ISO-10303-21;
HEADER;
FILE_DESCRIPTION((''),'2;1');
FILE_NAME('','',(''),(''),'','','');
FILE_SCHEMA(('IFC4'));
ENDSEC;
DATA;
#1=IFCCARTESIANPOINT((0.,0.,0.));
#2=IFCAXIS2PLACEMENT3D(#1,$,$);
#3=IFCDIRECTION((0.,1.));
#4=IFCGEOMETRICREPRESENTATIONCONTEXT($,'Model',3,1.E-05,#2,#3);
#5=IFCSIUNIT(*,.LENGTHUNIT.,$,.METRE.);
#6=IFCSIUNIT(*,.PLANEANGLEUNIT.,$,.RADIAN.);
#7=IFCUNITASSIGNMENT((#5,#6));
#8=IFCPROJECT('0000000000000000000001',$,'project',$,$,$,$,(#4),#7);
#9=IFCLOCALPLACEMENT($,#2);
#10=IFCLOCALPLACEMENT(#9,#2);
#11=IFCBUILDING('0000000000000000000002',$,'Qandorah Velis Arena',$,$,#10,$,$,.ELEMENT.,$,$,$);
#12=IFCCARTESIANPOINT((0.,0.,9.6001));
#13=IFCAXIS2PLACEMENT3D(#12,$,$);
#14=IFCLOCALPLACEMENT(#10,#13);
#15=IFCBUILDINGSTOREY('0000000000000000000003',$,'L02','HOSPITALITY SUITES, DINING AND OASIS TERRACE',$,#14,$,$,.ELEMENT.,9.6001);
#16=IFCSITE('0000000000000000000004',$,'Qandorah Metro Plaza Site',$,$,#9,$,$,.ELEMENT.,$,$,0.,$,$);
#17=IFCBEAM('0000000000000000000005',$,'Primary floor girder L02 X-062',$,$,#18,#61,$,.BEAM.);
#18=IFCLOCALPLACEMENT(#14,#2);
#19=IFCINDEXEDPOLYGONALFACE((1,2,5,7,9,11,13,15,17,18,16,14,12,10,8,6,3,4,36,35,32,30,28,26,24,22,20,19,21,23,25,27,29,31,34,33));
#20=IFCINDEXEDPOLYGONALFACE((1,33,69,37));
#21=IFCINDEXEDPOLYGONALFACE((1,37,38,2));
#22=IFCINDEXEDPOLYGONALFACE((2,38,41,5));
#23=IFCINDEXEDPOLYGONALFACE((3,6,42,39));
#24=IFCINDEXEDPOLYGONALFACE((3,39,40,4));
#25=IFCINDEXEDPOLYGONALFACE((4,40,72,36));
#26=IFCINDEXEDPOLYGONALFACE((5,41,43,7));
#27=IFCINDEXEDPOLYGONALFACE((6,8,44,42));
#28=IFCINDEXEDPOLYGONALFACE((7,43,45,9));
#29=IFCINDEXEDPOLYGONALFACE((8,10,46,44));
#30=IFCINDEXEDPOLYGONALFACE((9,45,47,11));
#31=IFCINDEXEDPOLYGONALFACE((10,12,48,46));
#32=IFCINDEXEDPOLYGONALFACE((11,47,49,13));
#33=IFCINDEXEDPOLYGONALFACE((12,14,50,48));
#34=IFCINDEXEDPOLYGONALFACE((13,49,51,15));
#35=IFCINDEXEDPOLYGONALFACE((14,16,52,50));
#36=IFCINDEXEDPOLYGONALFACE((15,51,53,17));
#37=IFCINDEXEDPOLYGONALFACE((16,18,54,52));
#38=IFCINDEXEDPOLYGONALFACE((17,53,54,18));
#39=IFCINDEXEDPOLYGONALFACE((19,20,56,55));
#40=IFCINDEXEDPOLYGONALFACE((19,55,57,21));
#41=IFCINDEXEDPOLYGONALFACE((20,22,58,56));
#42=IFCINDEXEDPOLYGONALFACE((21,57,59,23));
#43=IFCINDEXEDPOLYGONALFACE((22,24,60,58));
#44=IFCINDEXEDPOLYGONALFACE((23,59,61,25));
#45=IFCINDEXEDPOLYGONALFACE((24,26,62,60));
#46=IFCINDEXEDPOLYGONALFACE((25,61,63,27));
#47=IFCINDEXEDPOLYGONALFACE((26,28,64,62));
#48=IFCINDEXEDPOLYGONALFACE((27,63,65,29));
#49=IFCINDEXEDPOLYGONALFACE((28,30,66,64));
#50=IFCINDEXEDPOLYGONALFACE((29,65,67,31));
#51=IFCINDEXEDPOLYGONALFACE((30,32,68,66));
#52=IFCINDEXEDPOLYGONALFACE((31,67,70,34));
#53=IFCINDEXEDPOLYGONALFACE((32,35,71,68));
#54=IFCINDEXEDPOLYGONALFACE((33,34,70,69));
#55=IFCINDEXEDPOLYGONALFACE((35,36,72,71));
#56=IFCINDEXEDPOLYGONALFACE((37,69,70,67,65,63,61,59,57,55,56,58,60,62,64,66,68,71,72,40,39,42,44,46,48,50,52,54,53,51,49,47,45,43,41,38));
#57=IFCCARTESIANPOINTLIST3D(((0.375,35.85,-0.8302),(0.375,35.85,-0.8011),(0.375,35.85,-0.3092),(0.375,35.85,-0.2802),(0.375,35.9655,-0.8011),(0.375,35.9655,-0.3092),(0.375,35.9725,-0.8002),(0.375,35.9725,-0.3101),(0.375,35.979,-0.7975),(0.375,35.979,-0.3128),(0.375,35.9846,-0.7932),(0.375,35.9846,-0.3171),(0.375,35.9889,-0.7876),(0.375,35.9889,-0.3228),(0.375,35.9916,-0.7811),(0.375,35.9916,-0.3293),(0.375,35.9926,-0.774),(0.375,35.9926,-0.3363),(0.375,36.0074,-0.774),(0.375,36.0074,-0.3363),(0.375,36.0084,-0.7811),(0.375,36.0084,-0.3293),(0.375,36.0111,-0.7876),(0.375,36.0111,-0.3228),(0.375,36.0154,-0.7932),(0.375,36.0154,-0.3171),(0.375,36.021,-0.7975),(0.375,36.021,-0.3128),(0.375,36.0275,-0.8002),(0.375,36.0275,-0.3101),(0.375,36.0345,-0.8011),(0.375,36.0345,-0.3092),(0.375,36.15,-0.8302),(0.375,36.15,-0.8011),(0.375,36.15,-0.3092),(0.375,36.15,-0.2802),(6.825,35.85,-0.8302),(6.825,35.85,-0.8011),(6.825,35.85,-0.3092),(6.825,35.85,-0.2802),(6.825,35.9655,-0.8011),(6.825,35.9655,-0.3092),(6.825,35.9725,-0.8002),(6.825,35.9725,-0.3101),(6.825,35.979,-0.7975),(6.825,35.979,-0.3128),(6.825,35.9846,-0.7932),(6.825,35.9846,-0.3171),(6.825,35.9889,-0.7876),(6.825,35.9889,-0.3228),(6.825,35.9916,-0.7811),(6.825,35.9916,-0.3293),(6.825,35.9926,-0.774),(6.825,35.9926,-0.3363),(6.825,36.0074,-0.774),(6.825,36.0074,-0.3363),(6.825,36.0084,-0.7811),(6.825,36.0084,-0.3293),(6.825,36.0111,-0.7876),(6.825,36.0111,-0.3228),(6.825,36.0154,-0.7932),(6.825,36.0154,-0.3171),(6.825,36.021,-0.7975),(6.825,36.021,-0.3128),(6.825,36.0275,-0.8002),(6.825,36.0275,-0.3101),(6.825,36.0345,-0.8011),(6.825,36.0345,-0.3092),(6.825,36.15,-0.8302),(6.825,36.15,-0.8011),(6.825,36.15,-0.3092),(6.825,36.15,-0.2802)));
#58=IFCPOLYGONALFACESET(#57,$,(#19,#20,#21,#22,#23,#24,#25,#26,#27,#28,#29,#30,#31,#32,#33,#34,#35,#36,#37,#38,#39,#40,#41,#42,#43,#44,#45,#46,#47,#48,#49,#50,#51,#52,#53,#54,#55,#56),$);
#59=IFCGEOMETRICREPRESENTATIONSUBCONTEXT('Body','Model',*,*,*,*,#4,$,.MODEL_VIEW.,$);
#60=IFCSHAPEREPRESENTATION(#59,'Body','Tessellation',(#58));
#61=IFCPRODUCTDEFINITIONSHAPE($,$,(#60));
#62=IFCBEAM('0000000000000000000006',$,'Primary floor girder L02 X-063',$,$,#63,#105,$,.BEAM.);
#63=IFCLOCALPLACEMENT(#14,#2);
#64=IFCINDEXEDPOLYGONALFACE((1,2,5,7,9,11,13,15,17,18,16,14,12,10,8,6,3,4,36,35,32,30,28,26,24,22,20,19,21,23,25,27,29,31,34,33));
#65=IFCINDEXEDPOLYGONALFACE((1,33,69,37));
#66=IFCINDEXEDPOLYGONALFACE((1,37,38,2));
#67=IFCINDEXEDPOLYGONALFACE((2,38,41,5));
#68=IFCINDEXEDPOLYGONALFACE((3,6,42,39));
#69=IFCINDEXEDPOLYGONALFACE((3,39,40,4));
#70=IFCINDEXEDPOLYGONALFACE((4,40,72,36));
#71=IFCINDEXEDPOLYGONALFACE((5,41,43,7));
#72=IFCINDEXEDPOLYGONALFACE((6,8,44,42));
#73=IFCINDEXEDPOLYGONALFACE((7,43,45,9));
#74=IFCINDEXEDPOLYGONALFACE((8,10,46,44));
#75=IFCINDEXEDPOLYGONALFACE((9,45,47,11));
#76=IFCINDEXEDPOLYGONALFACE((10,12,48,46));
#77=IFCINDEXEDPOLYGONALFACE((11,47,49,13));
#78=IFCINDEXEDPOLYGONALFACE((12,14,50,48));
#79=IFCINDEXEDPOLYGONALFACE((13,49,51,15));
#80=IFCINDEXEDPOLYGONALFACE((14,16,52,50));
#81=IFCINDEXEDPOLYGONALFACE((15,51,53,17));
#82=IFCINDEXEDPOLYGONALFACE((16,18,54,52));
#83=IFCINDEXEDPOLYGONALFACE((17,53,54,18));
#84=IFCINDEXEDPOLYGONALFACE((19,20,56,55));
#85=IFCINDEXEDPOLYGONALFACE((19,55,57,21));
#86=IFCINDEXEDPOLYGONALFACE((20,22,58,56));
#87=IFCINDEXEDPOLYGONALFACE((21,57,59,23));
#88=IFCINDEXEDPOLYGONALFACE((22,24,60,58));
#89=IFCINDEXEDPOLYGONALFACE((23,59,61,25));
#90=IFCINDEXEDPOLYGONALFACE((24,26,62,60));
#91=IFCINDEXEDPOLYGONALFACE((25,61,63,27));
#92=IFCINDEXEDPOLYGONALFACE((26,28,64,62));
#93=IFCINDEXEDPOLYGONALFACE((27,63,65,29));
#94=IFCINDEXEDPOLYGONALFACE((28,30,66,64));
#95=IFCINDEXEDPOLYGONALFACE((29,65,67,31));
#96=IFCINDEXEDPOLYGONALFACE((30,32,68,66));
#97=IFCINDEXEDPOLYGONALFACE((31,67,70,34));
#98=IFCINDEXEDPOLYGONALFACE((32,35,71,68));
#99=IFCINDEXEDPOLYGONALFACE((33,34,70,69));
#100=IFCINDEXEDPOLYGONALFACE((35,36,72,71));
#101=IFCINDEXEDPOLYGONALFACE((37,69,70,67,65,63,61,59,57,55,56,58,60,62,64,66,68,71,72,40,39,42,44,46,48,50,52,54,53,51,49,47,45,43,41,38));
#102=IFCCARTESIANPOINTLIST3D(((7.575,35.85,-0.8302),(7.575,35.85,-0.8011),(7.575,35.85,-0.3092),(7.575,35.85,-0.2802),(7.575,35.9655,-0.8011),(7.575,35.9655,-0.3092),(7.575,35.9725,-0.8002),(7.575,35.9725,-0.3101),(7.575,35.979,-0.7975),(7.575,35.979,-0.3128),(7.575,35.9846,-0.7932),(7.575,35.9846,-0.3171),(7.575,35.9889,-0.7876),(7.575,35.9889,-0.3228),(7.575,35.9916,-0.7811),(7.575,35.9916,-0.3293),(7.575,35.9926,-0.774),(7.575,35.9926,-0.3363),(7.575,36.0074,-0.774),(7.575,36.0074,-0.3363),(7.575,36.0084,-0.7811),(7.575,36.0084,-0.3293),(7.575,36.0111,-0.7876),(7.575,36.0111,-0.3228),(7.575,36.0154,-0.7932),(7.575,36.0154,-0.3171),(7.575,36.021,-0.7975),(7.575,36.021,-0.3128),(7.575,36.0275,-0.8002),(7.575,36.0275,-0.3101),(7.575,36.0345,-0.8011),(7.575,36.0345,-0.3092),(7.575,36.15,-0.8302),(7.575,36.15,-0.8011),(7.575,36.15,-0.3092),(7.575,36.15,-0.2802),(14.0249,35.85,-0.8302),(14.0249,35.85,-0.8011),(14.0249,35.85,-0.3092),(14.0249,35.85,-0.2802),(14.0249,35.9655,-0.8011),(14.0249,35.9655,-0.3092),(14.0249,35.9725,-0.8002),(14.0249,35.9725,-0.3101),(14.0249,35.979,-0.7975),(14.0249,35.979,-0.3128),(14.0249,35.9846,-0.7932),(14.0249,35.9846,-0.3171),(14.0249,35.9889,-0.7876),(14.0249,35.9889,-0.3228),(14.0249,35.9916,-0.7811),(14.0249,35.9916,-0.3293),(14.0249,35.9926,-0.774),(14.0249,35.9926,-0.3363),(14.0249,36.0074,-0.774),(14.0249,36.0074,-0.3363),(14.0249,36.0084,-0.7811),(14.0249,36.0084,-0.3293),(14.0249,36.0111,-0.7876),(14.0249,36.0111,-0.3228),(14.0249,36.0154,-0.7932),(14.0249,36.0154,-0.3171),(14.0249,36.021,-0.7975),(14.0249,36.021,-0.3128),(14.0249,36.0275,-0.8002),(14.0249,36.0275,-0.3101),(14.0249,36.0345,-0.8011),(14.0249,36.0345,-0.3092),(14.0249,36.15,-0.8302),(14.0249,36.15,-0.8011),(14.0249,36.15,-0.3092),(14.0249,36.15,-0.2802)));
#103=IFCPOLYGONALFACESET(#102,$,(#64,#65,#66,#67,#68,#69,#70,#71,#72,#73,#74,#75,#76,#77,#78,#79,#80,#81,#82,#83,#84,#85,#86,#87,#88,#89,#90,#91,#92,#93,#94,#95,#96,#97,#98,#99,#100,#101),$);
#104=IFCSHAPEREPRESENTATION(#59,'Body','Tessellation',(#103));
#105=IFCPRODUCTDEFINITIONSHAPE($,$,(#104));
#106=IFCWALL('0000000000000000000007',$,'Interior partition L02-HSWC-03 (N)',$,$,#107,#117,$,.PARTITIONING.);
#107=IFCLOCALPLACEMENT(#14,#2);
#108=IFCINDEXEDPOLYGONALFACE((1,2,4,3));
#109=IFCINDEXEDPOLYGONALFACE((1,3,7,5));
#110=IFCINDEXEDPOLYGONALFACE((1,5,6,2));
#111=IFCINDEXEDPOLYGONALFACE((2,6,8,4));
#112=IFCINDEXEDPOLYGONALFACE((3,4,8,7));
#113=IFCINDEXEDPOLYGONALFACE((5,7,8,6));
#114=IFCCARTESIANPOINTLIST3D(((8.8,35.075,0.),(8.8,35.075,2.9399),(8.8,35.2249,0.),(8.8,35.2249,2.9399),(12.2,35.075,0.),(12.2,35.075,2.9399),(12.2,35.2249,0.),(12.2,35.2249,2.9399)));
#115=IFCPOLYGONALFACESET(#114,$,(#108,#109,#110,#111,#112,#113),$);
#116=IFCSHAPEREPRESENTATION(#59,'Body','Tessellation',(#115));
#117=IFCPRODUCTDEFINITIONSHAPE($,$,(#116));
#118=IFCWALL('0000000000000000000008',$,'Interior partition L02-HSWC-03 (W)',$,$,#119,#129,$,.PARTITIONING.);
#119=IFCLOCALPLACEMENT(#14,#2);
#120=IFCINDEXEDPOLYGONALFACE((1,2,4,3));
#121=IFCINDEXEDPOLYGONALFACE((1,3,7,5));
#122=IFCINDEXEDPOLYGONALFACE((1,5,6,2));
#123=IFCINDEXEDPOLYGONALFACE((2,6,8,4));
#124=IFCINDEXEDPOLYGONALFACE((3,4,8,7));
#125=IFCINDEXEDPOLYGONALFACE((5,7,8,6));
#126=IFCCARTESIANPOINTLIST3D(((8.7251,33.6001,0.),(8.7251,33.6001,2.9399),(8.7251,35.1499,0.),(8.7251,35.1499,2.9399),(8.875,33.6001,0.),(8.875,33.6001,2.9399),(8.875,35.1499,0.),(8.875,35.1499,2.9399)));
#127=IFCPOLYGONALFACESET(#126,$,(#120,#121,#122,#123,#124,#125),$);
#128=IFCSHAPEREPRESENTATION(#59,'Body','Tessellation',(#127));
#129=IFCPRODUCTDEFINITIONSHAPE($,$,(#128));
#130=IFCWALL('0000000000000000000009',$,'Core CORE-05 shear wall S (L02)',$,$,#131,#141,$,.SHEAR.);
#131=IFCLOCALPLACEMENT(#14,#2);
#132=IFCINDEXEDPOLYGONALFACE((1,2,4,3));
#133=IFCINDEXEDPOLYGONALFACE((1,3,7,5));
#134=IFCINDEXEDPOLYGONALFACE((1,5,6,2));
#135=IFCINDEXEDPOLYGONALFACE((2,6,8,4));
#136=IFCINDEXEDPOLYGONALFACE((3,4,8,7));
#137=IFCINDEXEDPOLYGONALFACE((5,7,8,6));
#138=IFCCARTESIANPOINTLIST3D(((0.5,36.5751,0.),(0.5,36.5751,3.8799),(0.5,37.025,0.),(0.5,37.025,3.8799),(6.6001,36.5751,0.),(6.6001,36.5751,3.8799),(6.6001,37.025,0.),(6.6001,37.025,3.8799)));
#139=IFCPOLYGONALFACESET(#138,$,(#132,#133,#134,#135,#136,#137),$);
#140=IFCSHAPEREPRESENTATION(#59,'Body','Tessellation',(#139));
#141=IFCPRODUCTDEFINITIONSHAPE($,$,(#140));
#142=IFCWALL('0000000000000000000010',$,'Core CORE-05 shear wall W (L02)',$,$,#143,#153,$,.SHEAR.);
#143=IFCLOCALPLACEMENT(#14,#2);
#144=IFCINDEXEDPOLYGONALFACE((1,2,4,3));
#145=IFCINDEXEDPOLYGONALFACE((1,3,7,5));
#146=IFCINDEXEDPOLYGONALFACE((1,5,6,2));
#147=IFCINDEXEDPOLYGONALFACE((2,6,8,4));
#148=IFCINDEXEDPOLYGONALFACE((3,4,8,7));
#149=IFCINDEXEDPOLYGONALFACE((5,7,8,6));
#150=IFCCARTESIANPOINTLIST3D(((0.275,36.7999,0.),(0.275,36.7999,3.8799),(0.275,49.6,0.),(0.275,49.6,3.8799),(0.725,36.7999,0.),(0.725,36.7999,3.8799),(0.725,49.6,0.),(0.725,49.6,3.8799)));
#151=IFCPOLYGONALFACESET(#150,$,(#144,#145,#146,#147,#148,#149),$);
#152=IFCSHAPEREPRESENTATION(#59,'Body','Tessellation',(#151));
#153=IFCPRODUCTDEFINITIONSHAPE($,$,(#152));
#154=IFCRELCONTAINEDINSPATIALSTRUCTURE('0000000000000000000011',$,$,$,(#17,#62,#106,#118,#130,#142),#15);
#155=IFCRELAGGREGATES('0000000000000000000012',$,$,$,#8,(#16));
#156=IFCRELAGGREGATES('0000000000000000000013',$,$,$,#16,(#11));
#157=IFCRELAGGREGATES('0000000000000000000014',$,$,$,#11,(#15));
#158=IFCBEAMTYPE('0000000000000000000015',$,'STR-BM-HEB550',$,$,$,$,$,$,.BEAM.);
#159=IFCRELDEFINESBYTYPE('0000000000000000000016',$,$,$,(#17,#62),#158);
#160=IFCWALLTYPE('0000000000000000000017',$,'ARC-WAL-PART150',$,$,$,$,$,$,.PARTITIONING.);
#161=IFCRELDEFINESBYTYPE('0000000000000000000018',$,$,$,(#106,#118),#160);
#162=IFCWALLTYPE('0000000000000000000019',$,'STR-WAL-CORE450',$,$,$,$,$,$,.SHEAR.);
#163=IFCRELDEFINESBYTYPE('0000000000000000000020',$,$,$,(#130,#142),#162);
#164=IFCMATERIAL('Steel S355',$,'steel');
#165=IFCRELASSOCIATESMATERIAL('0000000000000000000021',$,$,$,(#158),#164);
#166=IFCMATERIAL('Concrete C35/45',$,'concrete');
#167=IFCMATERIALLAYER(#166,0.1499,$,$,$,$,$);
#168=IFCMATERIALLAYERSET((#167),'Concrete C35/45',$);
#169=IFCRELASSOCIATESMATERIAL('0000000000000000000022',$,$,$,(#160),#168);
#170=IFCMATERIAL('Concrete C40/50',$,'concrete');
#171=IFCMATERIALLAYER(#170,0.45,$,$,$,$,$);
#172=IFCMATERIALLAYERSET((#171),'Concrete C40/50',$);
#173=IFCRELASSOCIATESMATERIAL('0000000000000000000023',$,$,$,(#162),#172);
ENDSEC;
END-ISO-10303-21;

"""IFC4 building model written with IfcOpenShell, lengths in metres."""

from ifc_helpers import new_model, si_unit, direction, frame, frame_2d, origin, origin_2d, place, context, subcontext, project, spatial, rectangle, i_section, extrude, material, layer, layer_set, material_profile, profile_set, type_object, element, save


model = new_model("IFC4")

# Units and contexts
model_context = context("Model", 3, precision=1e-05, world=origin(), true_north=direction((0.0, 1.0)))
body_context = subcontext(model_context, "Body", "Model", "MODEL_VIEW")
ifc_project = project(units=[si_unit("LENGTHUNIT", "METRE"), si_unit("PLANEANGLEUNIT", "RADIAN")], contexts=[model_context])

# Site, building, storey
site_placement = place(None, origin())
site = spatial("IfcSite", under=ifc_project, at=site_placement, Name="Qandorah Metro Plaza Site", CompositionType="ELEMENT", RefElevation=0.0)
building_placement = place(site_placement, origin())
building = spatial("IfcBuilding", under=site, at=building_placement, Name="Qandorah Velis Arena", CompositionType="ELEMENT")
storey_placement = place(building_placement, frame((0.0, 0.0, 9.6001)))
storey = spatial("IfcBuildingStorey", under=building, at=storey_placement, Name="L02", Description="HOSPITALITY SUITES, DINING AND OASIS TERRACE", CompositionType="ELEMENT", Elevation=9.6001)

# Shared definitions
ifc_material_1 = material(Name="Concrete C40/50", Category="concrete")

# Beams
ifc_material_2 = material(Name="Steel S355", Category="steel")
ifc_material_profile_1 = material_profile(ifc_material_2, i_section(OverallWidth=0.3, OverallDepth=0.55, WebThickness=0.0149, FlangeThickness=0.0291, FilletRadius=0.0271, at=origin_2d()), Name="HEB 550")
ifc_profile_set_1 = profile_set([ifc_material_profile_1], Name="Steel S355")
beam_type_1 = type_object("IfcBeamType", Name="STR-BM-HEB550", PredefinedType="BEAM", material=ifc_profile_set_1)
for number, where, z_axis, x_axis, name in (
    (1, (0.375, 36.0, -0.5552), (1.0, 0.0, 0.0), (0.0, 1.0, 0.0), "Primary floor girder L02 X-062"),
    (2, (7.575, 36.0, -0.5552), (1.0, 0.0, 0.0), (0.0, 1.0, 0.0), "Primary floor girder L02 X-063"),
):
    element("IfcBeam", number, at=place(storey_placement, frame(where, z_axis=z_axis, x_axis=x_axis)), inside=storey, type_object=beam_type_1, Name=name, PredefinedType="BEAM", context=body_context, shape_type="SweptSolid", body=[
        extrude(i_section(OverallWidth=0.3, OverallDepth=0.55, WebThickness=0.0149, FlangeThickness=0.0291, FilletRadius=0.0271, at=origin_2d()), origin(), (0.0, 0.0, 1.0), 6.45),
    ])

# Walls
ifc_material_3 = material(Name="Concrete C35/45", Category="concrete")
ifc_layer_1 = layer(ifc_material_3, 0.1499)
ifc_layer_set_1 = layer_set([ifc_layer_1], Name="Concrete C35/45")
wall_type_1 = type_object("IfcWallType", Name="ARC-WAL-PART150", PredefinedType="PARTITIONING", material=ifc_layer_set_1)
wall_1_placement = place(storey_placement, frame((12.2, 35.1499, 0.0), z_axis=(0.0, 0.0, 1.0), x_axis=(-1.0, 0.0, 0.0)))
element("IfcWall", 3, at=wall_1_placement, inside=storey, type_object=wall_type_1, Name="Interior partition L02-HSWC-03 (N)", PredefinedType="PARTITIONING", context=body_context, shape_type="SweptSolid", body=[
    extrude(rectangle(XDim=3.3999, YDim=0.1499, at=frame_2d((1.7, 0.0))), origin(), (0.0, 0.0, 1.0), 2.9399),
])
wall_2_placement = place(storey_placement, frame((8.8, 35.1499, 0.0), z_axis=(0.0, 0.0, 1.0), x_axis=(0.0, -1.0, 0.0)))
element("IfcWall", 4, at=wall_2_placement, inside=storey, type_object=wall_type_1, Name="Interior partition L02-HSWC-03 (W)", PredefinedType="PARTITIONING", context=body_context, shape_type="SweptSolid", body=[
    extrude(rectangle(XDim=1.5498, YDim=0.1499, at=frame_2d((0.7749, 0.0))), origin(), (0.0, 0.0, 1.0), 2.9399),
])
ifc_layer_2 = layer(ifc_material_1, 0.45)
ifc_layer_set_2 = layer_set([ifc_layer_2], Name="Concrete C40/50")
wall_type_2 = type_object("IfcWallType", Name="STR-WAL-CORE450", PredefinedType="SHEAR", material=ifc_layer_set_2)
wall_3_placement = place(storey_placement, frame((0.5, 36.8, 0.0), z_axis=(0.0, 0.0, 1.0), x_axis=(1.0, 0.0, 0.0)))
element("IfcWall", 5, at=wall_3_placement, inside=storey, type_object=wall_type_2, Name="Core CORE-05 shear wall S (L02)", PredefinedType="SHEAR", context=body_context, shape_type="SweptSolid", body=[
    extrude(rectangle(XDim=6.1001, YDim=0.45, at=frame_2d((3.05, 0.0))), origin(), (0.0, 0.0, 1.0), 3.8799),
])
wall_4_placement = place(storey_placement, frame((0.5, 36.8, 0.0), z_axis=(0.0, 0.0, 1.0), x_axis=(0.0, 1.0, 0.0)))
element("IfcWall", 6, at=wall_4_placement, inside=storey, type_object=wall_type_2, Name="Core CORE-05 shear wall W (L02)", PredefinedType="SHEAR", context=body_context, shape_type="SweptSolid", body=[
    extrude(rectangle(XDim=12.8, YDim=0.45, at=frame_2d((6.3999, 0.0))), origin(), (0.0, 0.0, 1.0), 3.8799),
])

save(model, "model.ifc")
